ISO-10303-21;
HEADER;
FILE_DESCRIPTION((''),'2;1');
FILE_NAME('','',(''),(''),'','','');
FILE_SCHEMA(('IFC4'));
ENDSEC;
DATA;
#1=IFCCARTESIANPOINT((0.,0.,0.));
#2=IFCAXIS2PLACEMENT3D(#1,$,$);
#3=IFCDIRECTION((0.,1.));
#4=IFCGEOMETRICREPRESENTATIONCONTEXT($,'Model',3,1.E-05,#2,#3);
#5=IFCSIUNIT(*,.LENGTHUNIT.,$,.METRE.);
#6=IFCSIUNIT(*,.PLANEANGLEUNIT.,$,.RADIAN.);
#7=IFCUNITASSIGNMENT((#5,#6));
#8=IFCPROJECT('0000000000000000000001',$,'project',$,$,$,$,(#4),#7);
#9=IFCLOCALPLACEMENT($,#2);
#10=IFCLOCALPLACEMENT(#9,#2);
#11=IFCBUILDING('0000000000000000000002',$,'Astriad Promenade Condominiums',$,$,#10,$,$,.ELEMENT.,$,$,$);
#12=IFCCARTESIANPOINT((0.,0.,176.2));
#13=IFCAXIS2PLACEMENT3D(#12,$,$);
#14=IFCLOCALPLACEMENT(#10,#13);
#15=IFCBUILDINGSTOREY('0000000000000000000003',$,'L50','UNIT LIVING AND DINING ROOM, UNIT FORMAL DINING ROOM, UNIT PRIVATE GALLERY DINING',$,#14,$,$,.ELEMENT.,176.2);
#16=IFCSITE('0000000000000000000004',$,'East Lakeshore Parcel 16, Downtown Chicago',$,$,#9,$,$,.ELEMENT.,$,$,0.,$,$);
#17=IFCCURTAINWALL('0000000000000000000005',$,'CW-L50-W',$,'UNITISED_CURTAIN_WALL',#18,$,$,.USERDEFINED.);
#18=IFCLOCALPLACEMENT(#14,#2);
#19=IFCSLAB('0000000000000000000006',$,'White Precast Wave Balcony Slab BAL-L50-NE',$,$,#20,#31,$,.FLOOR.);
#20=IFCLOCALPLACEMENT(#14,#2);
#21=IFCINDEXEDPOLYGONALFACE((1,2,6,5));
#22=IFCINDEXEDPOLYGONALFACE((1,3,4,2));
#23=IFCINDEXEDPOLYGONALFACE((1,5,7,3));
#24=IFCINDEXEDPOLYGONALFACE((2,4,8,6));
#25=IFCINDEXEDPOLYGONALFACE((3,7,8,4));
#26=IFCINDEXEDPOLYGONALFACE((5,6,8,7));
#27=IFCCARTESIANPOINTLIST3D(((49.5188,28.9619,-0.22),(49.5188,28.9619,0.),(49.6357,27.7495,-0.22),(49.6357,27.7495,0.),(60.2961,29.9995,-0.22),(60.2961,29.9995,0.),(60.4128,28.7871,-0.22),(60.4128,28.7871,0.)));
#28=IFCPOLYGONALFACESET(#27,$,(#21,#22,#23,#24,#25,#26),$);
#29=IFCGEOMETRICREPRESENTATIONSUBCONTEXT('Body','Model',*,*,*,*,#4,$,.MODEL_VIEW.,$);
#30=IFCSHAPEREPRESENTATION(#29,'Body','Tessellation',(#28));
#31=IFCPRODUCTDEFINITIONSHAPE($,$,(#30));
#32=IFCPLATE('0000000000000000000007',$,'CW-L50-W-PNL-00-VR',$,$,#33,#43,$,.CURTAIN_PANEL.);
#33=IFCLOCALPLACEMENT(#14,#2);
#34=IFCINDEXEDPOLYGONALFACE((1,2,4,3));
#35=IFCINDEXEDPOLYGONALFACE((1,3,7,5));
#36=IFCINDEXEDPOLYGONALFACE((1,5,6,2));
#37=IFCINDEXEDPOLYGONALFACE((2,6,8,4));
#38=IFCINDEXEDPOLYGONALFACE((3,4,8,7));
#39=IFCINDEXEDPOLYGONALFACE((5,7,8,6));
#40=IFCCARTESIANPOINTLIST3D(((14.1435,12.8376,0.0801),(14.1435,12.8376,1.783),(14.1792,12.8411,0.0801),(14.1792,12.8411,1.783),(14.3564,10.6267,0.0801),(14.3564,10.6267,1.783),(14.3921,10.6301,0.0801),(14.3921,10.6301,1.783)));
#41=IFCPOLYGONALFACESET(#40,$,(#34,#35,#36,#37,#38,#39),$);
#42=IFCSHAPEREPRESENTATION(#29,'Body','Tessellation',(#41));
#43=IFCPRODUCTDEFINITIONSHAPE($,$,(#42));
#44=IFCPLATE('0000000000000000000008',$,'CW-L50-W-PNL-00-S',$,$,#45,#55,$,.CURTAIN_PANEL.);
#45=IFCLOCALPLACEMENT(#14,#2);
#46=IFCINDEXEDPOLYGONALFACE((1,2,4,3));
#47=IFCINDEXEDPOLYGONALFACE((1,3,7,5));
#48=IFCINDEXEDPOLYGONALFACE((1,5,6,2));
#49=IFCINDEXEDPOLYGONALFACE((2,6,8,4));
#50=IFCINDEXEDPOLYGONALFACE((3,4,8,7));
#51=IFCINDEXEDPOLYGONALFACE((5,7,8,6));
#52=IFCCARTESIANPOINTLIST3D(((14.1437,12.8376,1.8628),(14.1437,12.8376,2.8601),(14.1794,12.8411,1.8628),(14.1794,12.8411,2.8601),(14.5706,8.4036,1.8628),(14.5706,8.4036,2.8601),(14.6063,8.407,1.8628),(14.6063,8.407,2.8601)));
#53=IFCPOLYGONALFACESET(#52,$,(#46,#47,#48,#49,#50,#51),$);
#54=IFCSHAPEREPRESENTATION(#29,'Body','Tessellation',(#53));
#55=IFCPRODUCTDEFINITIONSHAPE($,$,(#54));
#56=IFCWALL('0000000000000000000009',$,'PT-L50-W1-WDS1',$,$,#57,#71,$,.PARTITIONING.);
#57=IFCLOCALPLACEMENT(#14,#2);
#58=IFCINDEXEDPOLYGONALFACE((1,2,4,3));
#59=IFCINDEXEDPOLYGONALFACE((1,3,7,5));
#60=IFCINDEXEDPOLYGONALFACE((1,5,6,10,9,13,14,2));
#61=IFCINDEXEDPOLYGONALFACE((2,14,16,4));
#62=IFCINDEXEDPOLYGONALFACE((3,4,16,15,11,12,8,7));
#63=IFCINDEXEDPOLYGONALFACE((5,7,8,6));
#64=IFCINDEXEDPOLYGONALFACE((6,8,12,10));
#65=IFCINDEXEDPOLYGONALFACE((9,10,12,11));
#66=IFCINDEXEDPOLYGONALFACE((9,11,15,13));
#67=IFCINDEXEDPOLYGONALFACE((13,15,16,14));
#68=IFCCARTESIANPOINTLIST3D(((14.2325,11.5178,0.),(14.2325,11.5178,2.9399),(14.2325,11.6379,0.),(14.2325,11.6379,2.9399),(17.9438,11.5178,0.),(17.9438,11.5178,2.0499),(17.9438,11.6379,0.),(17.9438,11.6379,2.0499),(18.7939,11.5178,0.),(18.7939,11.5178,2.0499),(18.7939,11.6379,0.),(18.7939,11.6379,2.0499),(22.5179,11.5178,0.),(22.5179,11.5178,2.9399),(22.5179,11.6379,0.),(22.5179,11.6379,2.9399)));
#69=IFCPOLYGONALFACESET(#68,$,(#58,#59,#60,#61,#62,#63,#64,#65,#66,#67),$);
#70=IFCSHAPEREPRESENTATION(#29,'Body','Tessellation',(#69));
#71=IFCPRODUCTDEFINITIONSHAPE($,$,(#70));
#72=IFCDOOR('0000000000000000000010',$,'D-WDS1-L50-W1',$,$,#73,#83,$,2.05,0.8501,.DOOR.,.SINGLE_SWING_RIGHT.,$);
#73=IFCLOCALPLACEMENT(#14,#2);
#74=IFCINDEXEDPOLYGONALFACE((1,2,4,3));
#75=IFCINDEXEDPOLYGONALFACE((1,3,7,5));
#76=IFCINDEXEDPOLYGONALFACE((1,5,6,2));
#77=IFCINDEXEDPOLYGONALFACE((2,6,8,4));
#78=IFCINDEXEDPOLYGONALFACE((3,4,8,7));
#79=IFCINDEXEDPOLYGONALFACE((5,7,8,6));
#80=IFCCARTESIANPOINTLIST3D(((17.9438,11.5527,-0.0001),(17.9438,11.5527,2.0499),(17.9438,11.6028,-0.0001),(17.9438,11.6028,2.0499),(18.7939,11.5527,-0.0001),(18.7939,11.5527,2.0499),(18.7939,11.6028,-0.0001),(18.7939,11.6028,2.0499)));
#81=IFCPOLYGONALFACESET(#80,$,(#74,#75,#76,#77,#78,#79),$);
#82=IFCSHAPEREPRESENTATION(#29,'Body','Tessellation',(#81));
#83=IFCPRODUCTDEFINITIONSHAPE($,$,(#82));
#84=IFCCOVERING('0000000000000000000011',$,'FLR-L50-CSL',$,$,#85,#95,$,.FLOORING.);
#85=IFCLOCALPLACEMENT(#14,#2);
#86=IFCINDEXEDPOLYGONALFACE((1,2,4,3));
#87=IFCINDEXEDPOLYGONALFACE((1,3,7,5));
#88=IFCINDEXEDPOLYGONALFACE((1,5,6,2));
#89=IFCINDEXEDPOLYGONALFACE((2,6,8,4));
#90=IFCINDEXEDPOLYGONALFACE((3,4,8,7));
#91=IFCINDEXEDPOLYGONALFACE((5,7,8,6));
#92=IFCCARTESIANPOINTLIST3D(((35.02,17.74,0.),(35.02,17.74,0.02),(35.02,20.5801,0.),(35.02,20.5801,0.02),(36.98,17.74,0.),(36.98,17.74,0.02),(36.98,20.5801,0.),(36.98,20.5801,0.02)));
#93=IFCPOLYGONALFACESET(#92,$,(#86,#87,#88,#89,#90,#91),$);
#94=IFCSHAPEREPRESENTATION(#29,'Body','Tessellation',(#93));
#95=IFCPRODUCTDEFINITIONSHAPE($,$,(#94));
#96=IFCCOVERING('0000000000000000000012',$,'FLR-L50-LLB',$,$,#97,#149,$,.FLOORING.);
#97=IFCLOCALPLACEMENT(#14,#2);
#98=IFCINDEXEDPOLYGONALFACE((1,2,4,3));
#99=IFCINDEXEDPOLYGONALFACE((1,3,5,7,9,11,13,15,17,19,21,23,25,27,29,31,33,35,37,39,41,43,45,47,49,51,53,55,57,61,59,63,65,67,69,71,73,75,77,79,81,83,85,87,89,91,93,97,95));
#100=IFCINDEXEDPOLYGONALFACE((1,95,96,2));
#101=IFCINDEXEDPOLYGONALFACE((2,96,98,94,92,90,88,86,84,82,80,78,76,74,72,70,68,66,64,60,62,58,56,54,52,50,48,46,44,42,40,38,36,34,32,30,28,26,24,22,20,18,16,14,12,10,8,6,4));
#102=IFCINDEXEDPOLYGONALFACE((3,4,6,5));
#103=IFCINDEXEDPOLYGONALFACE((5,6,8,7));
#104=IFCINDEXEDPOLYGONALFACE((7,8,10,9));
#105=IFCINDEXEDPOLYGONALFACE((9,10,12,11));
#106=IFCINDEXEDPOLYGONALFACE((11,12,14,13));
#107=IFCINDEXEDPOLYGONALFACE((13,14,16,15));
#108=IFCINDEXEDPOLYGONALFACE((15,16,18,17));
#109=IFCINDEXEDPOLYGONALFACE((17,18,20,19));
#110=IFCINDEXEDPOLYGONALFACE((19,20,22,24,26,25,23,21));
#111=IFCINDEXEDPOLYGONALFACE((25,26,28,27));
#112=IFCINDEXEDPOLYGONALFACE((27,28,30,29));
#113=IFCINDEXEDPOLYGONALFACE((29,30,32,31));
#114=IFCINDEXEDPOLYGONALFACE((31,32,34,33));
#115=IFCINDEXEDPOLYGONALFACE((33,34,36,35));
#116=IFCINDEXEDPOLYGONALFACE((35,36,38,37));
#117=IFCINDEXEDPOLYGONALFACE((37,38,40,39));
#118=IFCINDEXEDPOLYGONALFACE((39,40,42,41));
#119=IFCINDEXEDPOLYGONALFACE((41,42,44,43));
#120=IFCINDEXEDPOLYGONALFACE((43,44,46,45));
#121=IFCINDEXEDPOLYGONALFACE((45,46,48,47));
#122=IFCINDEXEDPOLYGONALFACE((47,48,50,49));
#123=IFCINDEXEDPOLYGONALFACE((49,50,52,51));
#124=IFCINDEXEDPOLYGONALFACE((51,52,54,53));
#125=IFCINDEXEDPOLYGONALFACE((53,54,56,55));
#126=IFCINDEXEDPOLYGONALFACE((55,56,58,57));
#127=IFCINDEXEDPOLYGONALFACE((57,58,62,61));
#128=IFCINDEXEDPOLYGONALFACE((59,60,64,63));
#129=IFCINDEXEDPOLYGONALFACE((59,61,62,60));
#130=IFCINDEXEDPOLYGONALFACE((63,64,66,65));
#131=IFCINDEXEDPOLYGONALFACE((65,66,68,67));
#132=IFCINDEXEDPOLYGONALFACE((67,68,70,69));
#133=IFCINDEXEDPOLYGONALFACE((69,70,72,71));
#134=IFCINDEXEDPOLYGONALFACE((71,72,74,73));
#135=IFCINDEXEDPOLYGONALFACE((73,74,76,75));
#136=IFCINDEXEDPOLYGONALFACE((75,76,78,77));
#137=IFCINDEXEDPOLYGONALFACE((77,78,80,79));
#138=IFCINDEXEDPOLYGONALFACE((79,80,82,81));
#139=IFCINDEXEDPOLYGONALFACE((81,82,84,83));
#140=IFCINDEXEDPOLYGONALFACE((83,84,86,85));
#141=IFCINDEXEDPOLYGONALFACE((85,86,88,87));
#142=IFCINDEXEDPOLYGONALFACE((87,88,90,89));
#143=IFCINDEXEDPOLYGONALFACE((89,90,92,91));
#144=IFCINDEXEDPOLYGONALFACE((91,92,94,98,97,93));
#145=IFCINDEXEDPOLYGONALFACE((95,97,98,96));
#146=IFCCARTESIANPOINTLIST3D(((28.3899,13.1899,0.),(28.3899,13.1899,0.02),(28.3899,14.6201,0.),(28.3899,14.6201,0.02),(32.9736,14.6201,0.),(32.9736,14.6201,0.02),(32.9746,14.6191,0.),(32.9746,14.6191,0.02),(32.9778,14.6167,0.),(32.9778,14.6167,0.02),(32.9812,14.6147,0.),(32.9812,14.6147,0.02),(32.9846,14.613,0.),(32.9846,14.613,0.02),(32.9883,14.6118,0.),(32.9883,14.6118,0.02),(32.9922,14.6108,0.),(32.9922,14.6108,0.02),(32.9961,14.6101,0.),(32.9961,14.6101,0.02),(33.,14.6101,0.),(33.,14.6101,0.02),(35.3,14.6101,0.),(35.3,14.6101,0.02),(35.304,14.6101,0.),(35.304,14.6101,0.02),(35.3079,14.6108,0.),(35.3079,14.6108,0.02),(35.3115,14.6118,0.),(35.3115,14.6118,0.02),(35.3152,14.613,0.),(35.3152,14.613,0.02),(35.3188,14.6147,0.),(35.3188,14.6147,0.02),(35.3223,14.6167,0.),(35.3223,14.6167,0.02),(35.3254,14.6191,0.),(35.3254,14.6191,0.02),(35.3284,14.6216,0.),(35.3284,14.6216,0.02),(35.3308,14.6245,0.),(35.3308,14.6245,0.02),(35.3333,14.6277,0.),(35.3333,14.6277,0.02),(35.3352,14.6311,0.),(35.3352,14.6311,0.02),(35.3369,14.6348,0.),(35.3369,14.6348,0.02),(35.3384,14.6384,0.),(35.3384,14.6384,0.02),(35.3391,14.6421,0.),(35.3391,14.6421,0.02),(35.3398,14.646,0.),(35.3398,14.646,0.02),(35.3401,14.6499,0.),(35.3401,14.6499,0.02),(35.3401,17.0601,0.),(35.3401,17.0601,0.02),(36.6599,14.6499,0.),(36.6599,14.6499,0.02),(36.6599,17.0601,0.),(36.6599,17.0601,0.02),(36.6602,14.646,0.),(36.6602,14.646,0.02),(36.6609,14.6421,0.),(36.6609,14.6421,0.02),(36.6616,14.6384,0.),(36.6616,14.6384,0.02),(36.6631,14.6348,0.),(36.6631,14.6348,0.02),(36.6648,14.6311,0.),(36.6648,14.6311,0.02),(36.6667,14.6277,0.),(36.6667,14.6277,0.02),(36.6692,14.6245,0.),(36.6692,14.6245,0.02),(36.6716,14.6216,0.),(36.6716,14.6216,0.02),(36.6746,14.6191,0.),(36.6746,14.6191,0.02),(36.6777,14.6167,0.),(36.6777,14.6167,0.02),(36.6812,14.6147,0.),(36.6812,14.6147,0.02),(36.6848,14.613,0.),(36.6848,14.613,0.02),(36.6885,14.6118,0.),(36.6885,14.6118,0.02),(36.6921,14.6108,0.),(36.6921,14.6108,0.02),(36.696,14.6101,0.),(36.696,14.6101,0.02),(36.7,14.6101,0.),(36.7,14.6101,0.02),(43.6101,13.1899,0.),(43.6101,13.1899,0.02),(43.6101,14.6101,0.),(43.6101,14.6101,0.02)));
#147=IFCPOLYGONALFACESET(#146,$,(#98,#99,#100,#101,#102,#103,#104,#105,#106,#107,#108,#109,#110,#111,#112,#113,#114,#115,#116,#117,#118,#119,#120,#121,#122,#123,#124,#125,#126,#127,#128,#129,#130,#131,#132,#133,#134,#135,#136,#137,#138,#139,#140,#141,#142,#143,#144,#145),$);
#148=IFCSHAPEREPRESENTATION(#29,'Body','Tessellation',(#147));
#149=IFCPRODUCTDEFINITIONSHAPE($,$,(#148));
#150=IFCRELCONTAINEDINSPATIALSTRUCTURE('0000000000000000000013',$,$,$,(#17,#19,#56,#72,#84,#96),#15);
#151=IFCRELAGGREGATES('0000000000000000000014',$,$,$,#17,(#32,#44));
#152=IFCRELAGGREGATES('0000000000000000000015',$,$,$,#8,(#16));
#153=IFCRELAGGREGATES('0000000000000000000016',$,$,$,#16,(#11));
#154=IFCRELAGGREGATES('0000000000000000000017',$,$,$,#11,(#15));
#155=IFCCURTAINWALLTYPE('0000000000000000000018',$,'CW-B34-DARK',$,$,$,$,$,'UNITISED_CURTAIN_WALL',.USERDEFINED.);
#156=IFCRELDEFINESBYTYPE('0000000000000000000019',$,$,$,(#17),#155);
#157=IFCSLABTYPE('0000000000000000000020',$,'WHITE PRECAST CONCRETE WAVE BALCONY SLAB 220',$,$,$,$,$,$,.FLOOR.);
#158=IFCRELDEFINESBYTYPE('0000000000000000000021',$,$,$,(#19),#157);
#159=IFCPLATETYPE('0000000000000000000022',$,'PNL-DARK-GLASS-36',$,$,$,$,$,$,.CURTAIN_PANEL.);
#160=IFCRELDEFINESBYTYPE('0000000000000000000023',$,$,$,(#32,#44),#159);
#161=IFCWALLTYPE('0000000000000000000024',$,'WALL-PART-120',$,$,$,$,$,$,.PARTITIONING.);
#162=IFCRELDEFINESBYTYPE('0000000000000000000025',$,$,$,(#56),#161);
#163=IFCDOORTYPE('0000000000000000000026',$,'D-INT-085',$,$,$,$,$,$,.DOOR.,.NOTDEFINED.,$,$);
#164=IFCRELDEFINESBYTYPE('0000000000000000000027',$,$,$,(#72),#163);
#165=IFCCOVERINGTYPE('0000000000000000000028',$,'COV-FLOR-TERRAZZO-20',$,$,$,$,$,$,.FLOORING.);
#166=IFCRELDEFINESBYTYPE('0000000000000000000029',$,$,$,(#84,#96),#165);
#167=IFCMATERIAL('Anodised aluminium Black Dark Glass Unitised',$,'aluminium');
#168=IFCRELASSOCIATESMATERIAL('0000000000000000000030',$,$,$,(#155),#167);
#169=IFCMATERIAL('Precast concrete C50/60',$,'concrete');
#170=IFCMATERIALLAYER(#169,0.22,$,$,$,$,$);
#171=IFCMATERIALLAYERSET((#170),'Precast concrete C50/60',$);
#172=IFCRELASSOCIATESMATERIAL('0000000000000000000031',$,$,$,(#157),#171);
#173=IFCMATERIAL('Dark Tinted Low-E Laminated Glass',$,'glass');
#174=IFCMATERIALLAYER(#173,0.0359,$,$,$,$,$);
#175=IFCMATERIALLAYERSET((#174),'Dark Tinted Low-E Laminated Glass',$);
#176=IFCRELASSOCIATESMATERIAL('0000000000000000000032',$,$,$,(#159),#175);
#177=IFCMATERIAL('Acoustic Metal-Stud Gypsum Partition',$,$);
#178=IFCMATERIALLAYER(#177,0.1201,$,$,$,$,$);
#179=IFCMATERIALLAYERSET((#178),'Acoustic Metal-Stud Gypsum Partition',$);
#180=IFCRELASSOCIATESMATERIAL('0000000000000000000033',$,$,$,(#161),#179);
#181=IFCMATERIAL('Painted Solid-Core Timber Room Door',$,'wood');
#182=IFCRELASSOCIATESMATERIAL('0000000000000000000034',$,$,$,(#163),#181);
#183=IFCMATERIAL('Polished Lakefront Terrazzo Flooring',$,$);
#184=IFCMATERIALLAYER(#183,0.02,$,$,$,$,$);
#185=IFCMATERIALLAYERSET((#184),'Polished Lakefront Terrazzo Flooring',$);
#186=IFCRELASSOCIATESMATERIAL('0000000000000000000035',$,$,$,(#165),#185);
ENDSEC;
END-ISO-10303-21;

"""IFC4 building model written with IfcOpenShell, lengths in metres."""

from ifc_helpers import new_model, si_unit, direction, frame, frame_2d, origin, origin_2d, place, context, subcontext, project, spatial, polyline, rectangle, outline, extrude, source, transform, mapped, material, layer, layer_set, type_object, type_shapes, element, fill, aggregate, save


model = new_model("IFC4")

# Units and contexts
model_context = context("Model", 3, precision=1e-05, world=origin(), true_north=direction((0.0, 1.0)))
body_context = subcontext(model_context, "Body", "Model", "MODEL_VIEW")
ifc_project = project(units=[si_unit("LENGTHUNIT", "METRE"), si_unit("PLANEANGLEUNIT", "RADIAN")], contexts=[model_context])

# Site, building, storey
site_placement = place(None, origin())
site = spatial("IfcSite", under=ifc_project, at=site_placement, Name="East Lakeshore Parcel 16, Downtown Chicago", CompositionType="ELEMENT", RefElevation=0.0)
building_placement = place(site_placement, origin())
building = spatial("IfcBuilding", under=site, at=building_placement, Name="Astriad Promenade Condominiums", CompositionType="ELEMENT")
storey_placement = place(building_placement, frame((0.0, 0.0, 176.2)))
storey = spatial("IfcBuildingStorey", under=building, at=storey_placement, Name="L50", Description="UNIT LIVING AND DINING ROOM, UNIT FORMAL DINING ROOM, UNIT PRIVATE GALLERY DINING", CompositionType="ELEMENT", Elevation=176.2)

# Curtain wall
ifc_material_1 = material(Name="Anodised aluminium Black Dark Glass Unitised", Category="aluminium")
curtain_wall_type = type_object("IfcCurtainWallType", Name="CW-B34-DARK", ElementType="UNITISED_CURTAIN_WALL", PredefinedType="USERDEFINED", material=ifc_material_1)
curtain_wall_placement = place(storey_placement, origin())
curtain_wall = element("IfcCurtainWall", 1, at=curtain_wall_placement, inside=storey, type_object=curtain_wall_type, Name="CW-L50-W", ObjectType="UNITISED_CURTAIN_WALL", PredefinedType="USERDEFINED")

# Slab
ifc_material_2 = material(Name="Precast concrete C50/60", Category="concrete")
ifc_layer_1 = layer(ifc_material_2, 0.22)
ifc_layer_set_1 = layer_set([ifc_layer_1], Name="Precast concrete C50/60")
slab_type_1 = type_object("IfcSlabType", Name="WHITE PRECAST CONCRETE WAVE BALCONY SLAB 220", PredefinedType="FLOOR", material=ifc_layer_set_1)
slab_1_placement = place(storey_placement, frame((0.0, 0.0, -0.22)))
element("IfcSlab", 2, at=slab_1_placement, inside=storey, type_object=slab_type_1, Name="White Precast Wave Balcony Slab BAL-L50-NE", PredefinedType="FLOOR", context=body_context, shape_type="SweptSolid", body=[
    extrude(outline(polyline([(49.5188, 28.9619), (60.2961, 29.9995), (60.4128, 28.7871), (49.6357, 27.7495), (49.5188, 28.9619)])), origin(), (0.0, 0.0, 1.0), 0.22),
])

# Plates
ifc_material_3 = material(Name="Dark Tinted Low-E Laminated Glass", Category="glass")
ifc_layer_2 = layer(ifc_material_3, 0.0359)
ifc_layer_set_2 = layer_set([ifc_layer_2], Name="Dark Tinted Low-E Laminated Glass")
plate_type = type_object("IfcPlateType", Name="PNL-DARK-GLASS-36", PredefinedType="CURTAIN_PANEL", material=ifc_layer_set_2)
shared_shape_1 = source(origin(), body_context, "Body", "SweptSolid", [
    extrude(rectangle(XDim=2.2212, YDim=0.0359, at=origin_2d()), origin(), (0.0, 0.0, 1.0), 1.7029),
])
plate_1_placement = place(storey_placement, frame((14.2678, 11.7339, 0.0801), z_axis=(0.0, 0.0, 1.0), x_axis=(-0.095846, 0.995396, 0.0)))
plate_1 = element("IfcPlate", 3, at=plate_1_placement, type_object=plate_type, Name="CW-L50-W-PNL-00-VR", PredefinedType="CURTAIN_PANEL", context=body_context, shape_type="MappedRepresentation", body=[
    mapped(shared_shape_1, transform((0.0, 0.0, 0.0), scale=1.0)),
])
shared_shape_2 = source(origin(), body_context, "Body", "SweptSolid", [
    extrude(rectangle(XDim=4.4546, YDim=0.0359, at=origin_2d()), origin(), (0.0, 0.0, 1.0), 0.9973),
])
type_shapes(plate_type, [shared_shape_1, shared_shape_2])
plate_2_placement = place(storey_placement, frame((14.375, 10.6223, 1.8628), z_axis=(0.0, 0.0, 1.0), x_axis=(-0.095846, 0.995396, 0.0)))
plate_2 = element("IfcPlate", 4, at=plate_2_placement, type_object=plate_type, Name="CW-L50-W-PNL-00-S", PredefinedType="CURTAIN_PANEL", context=body_context, shape_type="MappedRepresentation", body=[
    mapped(shared_shape_2, transform((0.0, 0.0, 0.0), scale=1.0)),
])
aggregate(curtain_wall, [plate_1, plate_2])

# Wall, opening, door
ifc_material_4 = material(Name="Acoustic Metal-Stud Gypsum Partition")
ifc_layer_3 = layer(ifc_material_4, 0.1201)
ifc_layer_set_3 = layer_set([ifc_layer_3], Name="Acoustic Metal-Stud Gypsum Partition")
wall_type = type_object("IfcWallType", Name="WALL-PART-120", PredefinedType="PARTITIONING", material=ifc_layer_set_3)
wall_placement = place(storey_placement, frame((14.2327, 11.5779, 0.0), z_axis=(0.0, 0.0, 1.0), x_axis=(1.0, 0.0, 0.0)))
wall = element("IfcWall", 5, at=wall_placement, inside=storey, type_object=wall_type, Name="PT-L50-W1-WDS1", PredefinedType="PARTITIONING", context=body_context, shape_type="SweptSolid", body=[
    extrude(rectangle(XDim=8.2854, YDim=0.1201, at=frame_2d((4.1426, 0.0))), origin(), (0.0, 0.0, 1.0), 2.9399),
])
opening_placement = place(wall_placement, frame((3.7112, 0.0, 0.0)))
opening = element("IfcOpeningElement", 6, at=opening_placement, cuts=wall, PredefinedType="OPENING", context=body_context, shape_type="SweptSolid", body=[
    extrude(rectangle(XDim=0.8501, YDim=2.05, at=frame_2d((0.425, 1.0249))), frame((0.0, 0.0701, 0.0), z_axis=(0.0, -1.0, 0.0), x_axis=(1.0, 0.0, 0.0)), (0.0, 0.0, 1.0), 0.1401),
])
ifc_material_5 = material(Name="Painted Solid-Core Timber Room Door", Category="wood")
door_type = type_object("IfcDoorType", Name="D-INT-085", OperationType="NOTDEFINED", PredefinedType="DOOR", material=ifc_material_5)
shared_shape_3 = source(origin(), body_context, "Body", "SweptSolid", [
    extrude(rectangle(XDim=0.8501, YDim=2.05, at=frame_2d((0.425, 1.0249))), frame((0.0, 0.0249, 0.0), z_axis=(0.0, -1.0, 0.0), x_axis=(1.0, 0.0, 0.0)), (0.0, 0.0, 1.0), 0.05),
])
type_shapes(door_type, [shared_shape_3])
door_placement = place(opening_placement, origin())
door = element("IfcDoor", 7, at=door_placement, inside=storey, type_object=door_type, Name="D-WDS1-L50-W1", OperationType="SINGLE_SWING_RIGHT", OverallHeight=2.05, OverallWidth=0.8501, PredefinedType="DOOR", context=body_context, shape_type="MappedRepresentation", body=[
    mapped(shared_shape_3, transform((0.0, 0.0, 0.0), scale=1.0)),
])
fill(opening, door)

# Coverings
ifc_material_6 = material(Name="Polished Lakefront Terrazzo Flooring")
ifc_layer_4 = layer(ifc_material_6, 0.02)
ifc_layer_set_4 = layer_set([ifc_layer_4], Name="Polished Lakefront Terrazzo Flooring")
covering_type = type_object("IfcCoveringType", Name="COV-FLOR-TERRAZZO-20", PredefinedType="FLOORING", material=ifc_layer_set_4)
covering_1_placement = place(storey_placement, origin())
element("IfcCovering", 8, at=covering_1_placement, inside=storey, type_object=covering_type, Name="FLR-L50-CSL", PredefinedType="FLOORING", context=body_context, shape_type="SweptSolid", body=[
    extrude(outline(polyline([(36.98, 17.74), (35.02, 17.74), (35.02, 20.5801), (36.98, 20.5801), (36.98, 17.74)])), origin(), (0.0, 0.0, 1.0), 0.02),
])
covering_2_placement = place(storey_placement, origin())
element("IfcCovering", 9, at=covering_2_placement, inside=storey, type_object=covering_type, Name="FLR-L50-LLB", PredefinedType="FLOORING", context=body_context, shape_type="SweptSolid", body=[
    extrude(outline(polyline([(32.9736, 14.6201), (32.9746, 14.6191), (32.9778, 14.6167), (32.9812, 14.6147), (32.9846, 14.613), (32.9883, 14.6118), (32.9922, 14.6108), (32.9961, 14.6101), (33.0, 14.6101), (35.3, 14.6101), (35.304, 14.6101), (35.3079, 14.6108), (35.3115, 14.6118), (35.3152, 14.613), (35.3188, 14.6147), (35.3223, 14.6167), (35.3254, 14.6191), (35.3284, 14.6216), (35.3308, 14.6245), (35.3333, 14.6277), (35.3352, 14.6311), (35.3369, 14.6348), (35.3384, 14.6384), (35.3391, 14.6421), (35.3398, 14.646), (35.3401, 14.6499), (35.3401, 17.0601), (36.6599, 17.0601), (36.6599, 14.6499), (36.6602, 14.646), (36.6609, 14.6421), (36.6616, 14.6384), (36.6631, 14.6348), (36.6648, 14.6311), (36.6667, 14.6277), (36.6692, 14.6245), (36.6716, 14.6216), (36.6746, 14.6191), (36.6777, 14.6167), (36.6812, 14.6147), (36.6848, 14.613), (36.6885, 14.6118), (36.6921, 14.6108), (36.696, 14.6101), (36.7, 14.6101), (43.6101, 14.6101), (43.6101, 13.1899), (28.3899, 13.1899), (28.3899, 14.6201), (32.9736, 14.6201)])), origin(), (0.0, 0.0, 1.0), 0.02),
])

save(model, "model.ifc")
